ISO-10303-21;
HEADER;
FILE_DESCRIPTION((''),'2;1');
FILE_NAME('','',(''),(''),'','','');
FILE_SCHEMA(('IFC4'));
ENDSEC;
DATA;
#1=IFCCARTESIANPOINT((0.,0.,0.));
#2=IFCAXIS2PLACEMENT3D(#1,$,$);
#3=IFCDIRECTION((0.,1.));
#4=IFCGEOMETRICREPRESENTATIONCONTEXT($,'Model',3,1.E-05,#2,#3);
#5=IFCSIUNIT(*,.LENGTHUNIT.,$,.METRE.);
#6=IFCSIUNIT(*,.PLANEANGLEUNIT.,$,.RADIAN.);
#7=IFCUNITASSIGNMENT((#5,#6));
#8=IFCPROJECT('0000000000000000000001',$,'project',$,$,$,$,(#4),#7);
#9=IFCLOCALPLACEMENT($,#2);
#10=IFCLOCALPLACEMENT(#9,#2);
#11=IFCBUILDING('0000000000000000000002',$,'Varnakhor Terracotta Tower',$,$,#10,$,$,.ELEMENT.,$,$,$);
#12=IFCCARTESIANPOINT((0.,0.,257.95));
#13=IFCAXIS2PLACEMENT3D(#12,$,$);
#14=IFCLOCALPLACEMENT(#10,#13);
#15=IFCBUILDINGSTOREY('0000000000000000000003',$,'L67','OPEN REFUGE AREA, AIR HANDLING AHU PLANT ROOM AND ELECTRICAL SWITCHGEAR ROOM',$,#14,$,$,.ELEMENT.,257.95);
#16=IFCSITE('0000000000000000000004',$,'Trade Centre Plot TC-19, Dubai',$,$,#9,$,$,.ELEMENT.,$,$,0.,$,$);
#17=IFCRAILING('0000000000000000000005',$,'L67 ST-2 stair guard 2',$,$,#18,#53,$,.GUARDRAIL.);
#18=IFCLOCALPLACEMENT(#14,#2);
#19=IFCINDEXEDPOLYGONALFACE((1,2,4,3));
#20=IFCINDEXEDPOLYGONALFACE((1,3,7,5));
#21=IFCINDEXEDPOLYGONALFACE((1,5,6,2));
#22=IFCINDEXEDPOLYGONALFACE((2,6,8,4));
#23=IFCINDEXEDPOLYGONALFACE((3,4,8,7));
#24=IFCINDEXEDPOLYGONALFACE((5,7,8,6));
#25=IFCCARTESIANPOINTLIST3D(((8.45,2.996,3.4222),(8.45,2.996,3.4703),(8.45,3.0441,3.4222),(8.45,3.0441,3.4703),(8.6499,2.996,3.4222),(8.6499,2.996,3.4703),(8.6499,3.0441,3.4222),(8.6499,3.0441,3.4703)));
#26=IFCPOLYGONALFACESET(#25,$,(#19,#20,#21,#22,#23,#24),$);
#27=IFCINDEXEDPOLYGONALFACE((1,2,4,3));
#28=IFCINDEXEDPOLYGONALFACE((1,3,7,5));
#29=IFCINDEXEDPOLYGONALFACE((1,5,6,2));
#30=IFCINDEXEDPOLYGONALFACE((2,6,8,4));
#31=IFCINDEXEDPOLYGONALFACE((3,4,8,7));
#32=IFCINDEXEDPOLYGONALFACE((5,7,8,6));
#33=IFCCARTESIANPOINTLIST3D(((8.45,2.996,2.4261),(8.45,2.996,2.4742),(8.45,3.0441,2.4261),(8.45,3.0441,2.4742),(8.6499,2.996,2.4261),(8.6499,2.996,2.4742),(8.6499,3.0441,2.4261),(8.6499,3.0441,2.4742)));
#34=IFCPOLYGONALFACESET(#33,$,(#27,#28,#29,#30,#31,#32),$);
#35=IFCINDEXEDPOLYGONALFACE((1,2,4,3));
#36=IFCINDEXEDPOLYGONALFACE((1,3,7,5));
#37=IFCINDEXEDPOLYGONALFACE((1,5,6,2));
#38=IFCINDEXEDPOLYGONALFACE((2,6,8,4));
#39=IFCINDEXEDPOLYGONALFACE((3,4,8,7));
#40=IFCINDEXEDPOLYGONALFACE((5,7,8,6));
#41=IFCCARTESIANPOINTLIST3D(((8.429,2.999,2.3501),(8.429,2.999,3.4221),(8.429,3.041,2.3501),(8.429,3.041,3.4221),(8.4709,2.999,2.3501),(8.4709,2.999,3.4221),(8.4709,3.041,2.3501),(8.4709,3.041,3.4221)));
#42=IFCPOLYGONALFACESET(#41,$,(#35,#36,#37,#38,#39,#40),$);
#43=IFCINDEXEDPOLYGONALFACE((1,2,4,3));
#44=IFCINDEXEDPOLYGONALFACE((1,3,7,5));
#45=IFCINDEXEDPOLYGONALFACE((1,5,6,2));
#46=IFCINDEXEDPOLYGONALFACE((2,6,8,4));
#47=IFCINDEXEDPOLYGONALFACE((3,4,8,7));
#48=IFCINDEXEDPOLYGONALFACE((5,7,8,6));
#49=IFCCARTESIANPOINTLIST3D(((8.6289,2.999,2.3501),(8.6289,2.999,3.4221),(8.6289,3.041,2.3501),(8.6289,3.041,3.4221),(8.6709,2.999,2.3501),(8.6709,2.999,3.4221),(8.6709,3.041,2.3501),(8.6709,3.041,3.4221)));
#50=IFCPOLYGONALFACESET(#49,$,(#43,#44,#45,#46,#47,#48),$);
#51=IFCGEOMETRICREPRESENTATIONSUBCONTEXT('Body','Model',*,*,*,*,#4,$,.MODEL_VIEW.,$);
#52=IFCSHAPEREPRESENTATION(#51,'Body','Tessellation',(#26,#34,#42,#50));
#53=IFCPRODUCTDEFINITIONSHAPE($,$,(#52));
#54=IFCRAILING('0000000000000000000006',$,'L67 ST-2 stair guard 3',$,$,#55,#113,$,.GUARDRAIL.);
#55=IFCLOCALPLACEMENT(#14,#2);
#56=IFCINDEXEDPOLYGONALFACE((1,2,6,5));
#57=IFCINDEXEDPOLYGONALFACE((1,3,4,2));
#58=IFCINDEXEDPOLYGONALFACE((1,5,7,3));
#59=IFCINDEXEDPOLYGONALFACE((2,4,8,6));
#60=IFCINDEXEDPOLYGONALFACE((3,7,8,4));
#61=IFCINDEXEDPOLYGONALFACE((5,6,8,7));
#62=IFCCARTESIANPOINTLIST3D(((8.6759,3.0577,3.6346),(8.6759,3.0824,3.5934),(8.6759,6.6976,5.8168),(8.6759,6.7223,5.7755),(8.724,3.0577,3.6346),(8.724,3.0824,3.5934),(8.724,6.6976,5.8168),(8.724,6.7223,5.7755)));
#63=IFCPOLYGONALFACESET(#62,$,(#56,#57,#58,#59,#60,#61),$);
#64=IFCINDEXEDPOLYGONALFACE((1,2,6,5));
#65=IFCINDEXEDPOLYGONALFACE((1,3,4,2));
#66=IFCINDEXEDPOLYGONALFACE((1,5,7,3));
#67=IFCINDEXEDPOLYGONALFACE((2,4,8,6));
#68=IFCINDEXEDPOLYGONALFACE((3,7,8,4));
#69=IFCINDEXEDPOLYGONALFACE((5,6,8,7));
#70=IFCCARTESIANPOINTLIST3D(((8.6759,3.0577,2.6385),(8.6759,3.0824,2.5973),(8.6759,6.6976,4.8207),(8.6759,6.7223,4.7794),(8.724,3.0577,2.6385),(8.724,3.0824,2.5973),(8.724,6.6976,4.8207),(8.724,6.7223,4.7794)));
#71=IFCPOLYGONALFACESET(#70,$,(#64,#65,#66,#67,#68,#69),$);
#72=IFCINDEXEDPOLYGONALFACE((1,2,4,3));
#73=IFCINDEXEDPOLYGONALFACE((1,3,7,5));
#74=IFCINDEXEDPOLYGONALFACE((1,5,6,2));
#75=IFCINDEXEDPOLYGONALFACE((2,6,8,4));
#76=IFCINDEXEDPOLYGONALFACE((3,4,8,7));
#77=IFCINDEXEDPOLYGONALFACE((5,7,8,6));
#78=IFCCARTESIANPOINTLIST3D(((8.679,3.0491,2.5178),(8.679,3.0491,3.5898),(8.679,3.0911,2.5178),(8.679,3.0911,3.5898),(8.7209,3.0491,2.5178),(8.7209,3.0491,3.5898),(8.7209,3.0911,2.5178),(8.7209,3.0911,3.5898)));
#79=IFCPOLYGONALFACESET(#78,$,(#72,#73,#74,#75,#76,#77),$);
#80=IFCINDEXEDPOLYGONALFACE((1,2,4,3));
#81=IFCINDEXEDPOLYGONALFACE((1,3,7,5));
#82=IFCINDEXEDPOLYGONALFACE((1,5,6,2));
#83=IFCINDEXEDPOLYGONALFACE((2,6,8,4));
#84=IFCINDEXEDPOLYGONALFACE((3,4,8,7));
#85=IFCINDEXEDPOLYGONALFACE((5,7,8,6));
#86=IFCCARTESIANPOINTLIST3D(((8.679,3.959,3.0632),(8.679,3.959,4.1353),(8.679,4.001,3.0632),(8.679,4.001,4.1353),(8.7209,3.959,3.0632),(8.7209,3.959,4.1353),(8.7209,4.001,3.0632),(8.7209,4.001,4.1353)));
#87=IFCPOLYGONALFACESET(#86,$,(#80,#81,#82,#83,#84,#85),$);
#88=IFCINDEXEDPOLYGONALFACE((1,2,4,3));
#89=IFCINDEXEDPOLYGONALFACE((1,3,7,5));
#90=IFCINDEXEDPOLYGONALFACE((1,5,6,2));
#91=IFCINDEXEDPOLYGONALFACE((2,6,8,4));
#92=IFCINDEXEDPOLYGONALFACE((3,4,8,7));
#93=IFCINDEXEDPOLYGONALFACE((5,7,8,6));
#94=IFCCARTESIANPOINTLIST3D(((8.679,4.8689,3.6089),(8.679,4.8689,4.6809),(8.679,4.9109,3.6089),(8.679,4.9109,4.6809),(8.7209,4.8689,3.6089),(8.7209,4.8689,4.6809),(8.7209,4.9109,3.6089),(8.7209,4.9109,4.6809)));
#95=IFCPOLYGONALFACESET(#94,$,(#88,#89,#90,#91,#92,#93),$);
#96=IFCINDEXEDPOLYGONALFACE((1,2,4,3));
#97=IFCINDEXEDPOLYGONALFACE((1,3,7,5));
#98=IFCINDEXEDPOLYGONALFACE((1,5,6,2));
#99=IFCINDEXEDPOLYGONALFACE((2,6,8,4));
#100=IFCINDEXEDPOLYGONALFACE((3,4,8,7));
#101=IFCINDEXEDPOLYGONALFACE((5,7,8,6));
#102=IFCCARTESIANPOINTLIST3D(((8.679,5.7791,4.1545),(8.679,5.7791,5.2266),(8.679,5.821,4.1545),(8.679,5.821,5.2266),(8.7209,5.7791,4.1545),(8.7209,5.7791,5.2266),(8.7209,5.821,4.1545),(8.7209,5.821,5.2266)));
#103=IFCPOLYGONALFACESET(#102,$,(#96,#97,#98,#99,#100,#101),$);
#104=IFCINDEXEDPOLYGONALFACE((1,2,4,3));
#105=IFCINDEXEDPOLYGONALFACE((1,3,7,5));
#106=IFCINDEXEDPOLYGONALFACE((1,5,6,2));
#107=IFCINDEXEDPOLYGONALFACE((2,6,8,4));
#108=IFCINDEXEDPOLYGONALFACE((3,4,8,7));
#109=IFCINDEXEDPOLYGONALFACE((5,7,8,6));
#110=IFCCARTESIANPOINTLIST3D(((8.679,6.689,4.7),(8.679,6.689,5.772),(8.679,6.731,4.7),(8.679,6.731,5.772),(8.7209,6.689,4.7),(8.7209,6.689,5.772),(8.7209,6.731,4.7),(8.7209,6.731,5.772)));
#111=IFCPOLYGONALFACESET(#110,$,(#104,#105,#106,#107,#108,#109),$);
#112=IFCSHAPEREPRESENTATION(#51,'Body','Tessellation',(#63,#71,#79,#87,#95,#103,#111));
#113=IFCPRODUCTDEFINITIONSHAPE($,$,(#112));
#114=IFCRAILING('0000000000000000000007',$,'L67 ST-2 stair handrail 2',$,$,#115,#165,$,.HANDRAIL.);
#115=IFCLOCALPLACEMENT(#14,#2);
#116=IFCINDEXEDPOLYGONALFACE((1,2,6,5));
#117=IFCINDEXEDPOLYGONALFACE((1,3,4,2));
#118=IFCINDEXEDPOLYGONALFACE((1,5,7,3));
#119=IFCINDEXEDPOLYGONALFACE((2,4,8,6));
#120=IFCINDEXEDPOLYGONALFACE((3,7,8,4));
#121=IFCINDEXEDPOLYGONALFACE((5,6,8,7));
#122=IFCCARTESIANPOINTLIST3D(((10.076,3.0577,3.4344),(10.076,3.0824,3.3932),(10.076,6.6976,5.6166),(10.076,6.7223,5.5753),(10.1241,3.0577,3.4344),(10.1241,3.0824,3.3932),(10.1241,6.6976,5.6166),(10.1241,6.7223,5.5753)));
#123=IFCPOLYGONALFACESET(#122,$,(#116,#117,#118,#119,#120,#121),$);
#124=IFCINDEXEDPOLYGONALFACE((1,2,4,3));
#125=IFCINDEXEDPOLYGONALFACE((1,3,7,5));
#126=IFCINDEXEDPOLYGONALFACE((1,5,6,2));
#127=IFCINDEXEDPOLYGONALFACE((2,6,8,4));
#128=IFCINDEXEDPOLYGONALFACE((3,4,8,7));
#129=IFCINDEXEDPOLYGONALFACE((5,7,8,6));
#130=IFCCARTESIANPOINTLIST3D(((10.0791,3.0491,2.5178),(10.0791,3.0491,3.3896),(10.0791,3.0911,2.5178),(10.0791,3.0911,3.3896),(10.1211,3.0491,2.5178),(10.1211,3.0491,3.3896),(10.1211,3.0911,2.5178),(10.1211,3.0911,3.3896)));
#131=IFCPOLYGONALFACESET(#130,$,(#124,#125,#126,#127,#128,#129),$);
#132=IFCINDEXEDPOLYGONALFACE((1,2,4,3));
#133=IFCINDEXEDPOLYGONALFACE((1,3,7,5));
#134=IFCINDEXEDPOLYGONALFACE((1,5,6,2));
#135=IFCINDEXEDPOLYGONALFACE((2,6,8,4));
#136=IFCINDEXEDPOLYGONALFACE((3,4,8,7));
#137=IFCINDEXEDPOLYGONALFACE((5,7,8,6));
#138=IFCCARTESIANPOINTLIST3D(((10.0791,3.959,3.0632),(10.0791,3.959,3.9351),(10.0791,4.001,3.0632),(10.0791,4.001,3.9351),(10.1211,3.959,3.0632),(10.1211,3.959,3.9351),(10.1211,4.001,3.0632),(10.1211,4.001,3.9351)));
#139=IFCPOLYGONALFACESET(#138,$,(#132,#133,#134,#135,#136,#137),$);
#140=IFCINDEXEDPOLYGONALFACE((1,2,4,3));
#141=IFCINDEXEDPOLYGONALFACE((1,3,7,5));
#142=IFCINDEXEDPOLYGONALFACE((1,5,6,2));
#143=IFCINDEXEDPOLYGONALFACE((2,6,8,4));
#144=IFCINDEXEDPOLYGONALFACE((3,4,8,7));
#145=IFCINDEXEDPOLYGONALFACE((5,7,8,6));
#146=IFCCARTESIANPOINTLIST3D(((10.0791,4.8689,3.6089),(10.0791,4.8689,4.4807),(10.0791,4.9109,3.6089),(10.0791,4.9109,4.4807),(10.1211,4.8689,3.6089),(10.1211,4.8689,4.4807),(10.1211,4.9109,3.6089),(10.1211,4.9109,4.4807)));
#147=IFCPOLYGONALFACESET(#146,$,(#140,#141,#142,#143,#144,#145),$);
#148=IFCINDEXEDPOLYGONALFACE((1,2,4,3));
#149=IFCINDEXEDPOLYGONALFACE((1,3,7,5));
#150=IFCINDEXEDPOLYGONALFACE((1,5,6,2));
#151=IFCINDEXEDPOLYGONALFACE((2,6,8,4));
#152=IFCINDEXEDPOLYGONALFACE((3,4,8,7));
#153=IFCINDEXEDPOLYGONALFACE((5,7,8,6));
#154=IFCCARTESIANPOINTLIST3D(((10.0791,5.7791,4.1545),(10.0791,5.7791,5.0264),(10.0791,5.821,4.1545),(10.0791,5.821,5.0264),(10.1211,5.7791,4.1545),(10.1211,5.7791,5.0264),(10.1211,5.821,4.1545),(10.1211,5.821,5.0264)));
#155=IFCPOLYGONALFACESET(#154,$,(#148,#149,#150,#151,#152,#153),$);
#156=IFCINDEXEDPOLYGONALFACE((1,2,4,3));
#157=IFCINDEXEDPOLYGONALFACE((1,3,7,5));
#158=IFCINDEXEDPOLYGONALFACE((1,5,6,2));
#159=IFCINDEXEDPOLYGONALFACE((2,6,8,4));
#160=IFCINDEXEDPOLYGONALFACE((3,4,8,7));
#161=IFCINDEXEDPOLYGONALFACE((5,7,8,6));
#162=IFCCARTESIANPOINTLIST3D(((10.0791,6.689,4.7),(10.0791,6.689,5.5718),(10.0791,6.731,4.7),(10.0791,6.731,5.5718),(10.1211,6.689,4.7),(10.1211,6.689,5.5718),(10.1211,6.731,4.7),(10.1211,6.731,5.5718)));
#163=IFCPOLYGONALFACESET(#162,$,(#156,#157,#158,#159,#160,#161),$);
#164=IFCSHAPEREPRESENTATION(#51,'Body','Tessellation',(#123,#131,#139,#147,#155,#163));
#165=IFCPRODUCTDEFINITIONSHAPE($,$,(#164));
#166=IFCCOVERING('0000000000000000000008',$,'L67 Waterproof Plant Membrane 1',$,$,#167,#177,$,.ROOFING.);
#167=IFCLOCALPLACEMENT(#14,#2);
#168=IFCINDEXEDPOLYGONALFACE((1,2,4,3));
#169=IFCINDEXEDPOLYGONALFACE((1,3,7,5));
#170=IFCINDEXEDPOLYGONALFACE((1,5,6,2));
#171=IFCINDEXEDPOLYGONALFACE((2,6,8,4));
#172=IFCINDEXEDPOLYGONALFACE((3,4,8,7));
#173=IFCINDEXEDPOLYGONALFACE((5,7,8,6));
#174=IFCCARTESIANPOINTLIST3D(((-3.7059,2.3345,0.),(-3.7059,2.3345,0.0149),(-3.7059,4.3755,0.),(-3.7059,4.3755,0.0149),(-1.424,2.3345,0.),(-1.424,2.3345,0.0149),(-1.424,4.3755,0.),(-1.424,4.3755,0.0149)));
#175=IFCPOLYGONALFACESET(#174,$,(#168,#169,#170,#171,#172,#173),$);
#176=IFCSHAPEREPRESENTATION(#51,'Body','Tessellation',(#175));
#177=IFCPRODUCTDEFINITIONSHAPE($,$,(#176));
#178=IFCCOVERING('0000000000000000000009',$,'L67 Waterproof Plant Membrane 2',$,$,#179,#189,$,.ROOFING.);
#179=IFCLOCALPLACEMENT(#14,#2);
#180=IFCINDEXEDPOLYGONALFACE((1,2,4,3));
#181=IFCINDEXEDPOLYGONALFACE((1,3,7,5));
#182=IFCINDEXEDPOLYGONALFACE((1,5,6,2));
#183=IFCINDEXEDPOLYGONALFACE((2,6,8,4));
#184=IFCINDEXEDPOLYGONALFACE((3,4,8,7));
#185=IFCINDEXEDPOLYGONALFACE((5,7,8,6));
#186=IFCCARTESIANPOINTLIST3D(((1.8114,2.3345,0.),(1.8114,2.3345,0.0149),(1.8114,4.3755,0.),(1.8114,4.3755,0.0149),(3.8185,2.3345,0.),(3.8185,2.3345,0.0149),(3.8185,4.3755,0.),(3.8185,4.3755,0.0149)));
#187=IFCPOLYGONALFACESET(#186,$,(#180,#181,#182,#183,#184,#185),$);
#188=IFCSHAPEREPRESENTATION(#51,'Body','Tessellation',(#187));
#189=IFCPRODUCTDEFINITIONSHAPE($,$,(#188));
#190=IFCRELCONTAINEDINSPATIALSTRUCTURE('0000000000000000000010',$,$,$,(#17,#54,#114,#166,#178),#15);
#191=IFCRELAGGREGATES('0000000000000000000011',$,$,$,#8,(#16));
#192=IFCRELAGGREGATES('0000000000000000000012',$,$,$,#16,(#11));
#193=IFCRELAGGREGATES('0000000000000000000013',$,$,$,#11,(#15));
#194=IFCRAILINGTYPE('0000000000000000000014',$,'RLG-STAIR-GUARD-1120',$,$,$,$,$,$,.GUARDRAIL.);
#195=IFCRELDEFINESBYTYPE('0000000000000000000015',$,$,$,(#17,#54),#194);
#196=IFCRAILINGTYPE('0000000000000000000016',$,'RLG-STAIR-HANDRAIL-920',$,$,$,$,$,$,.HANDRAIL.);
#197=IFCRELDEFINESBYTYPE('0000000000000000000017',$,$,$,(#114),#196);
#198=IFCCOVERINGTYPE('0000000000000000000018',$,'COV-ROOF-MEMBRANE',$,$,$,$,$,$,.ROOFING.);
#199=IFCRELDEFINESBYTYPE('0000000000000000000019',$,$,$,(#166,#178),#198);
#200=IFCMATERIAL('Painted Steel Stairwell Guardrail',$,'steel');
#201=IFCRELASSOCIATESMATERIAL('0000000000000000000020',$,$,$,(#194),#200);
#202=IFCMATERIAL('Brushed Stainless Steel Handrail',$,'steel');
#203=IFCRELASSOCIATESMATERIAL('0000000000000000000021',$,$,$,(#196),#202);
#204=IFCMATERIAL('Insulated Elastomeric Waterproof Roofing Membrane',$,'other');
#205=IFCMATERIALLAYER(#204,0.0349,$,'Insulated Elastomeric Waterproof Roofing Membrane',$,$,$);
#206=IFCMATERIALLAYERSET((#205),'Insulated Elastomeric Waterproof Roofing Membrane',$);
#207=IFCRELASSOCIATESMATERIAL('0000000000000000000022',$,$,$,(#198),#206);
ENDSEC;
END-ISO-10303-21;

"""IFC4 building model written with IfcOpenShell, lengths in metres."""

from ifc_helpers import new_model, si_unit, direction, frame, origin, origin_2d, place, context, subcontext, project, spatial, rectangle, extrude, source, transform, mapped, material, layer, layer_set, type_object, element, save


model = new_model("IFC4")

# Units and contexts
model_context = context("Model", 3, precision=1e-05, world=origin(), true_north=direction((0.0, 1.0)))
body_context = subcontext(model_context, "Body", "Model", "MODEL_VIEW")
ifc_project = project(units=[si_unit("LENGTHUNIT", "METRE"), si_unit("PLANEANGLEUNIT", "RADIAN")], contexts=[model_context])

# Site, building, storey
site_placement = place(None, origin())
site = spatial("IfcSite", under=ifc_project, at=site_placement, Name="Trade Centre Plot TC-19, Dubai", CompositionType="ELEMENT", RefElevation=0.0)
building_placement = place(site_placement, origin())
building = spatial("IfcBuilding", under=site, at=building_placement, Name="Varnakhor Terracotta Tower", CompositionType="ELEMENT")
storey_placement = place(building_placement, frame((0.0, 0.0, 257.95)))
storey = spatial("IfcBuildingStorey", under=building, at=storey_placement, Name="L67", Description="OPEN REFUGE AREA, AIR HANDLING AHU PLANT ROOM AND ELECTRICAL SWITCHGEAR ROOM", CompositionType="ELEMENT", Elevation=257.95)

# Railings
ifc_material_1 = material(Name="Painted Steel Stairwell Guardrail", Category="steel")
railing_type_1 = type_object("IfcRailingType", Name="RLG-STAIR-GUARD-1120", PredefinedType="GUARDRAIL", material=ifc_material_1)
railing_1_placement = place(storey_placement, frame((8.45, 3.02, 2.3501)))
element("IfcRailing", 1, at=railing_1_placement, inside=storey, type_object=railing_type_1, Name="L67 ST-2 stair guard 2", PredefinedType="GUARDRAIL", context=body_context, shape_type="SweptSolid", body=[
    extrude(rectangle(XDim=0.0481, YDim=0.0481, at=origin_2d()), frame((0.0, 0.0, 1.0962), z_axis=(1.0, 0.0, 0.0), x_axis=(0.0, 1.0, 0.0)), (0.0, 0.0, 1.0), 0.2),
    extrude(rectangle(XDim=0.0481, YDim=0.0481, at=origin_2d()), frame((0.0, 0.0, 0.1001), z_axis=(1.0, 0.0, 0.0), x_axis=(0.0, 1.0, 0.0)), (0.0, 0.0, 1.0), 0.2),
    extrude(rectangle(XDim=0.042, YDim=0.042, at=origin_2d()), origin(), (0.0, 0.0, 1.0), 1.072),
    extrude(rectangle(XDim=0.042, YDim=0.042, at=origin_2d()), frame((0.2, 0.0, 0.0)), (0.0, 0.0, 1.0), 1.072),
])
railing_2_placement = place(storey_placement, frame((8.7, 3.0701, 2.5178)))
element("IfcRailing", 2, at=railing_2_placement, inside=storey, type_object=railing_type_1, Name="L67 ST-2 stair guard 3", PredefinedType="GUARDRAIL", context=body_context, shape_type="SweptSolid", body=[
    extrude(rectangle(XDim=0.0481, YDim=0.0481, at=origin_2d()), frame((0.0, 0.0, 1.0962), z_axis=(0.0, 0.857681, 0.514183), x_axis=(-1.0, 0.0, 0.0)), (0.0, 0.0, 1.0), 4.2439),
    extrude(rectangle(XDim=0.0481, YDim=0.0481, at=origin_2d()), frame((0.0, 0.0, 0.1001), z_axis=(0.0, 0.857681, 0.514183), x_axis=(-1.0, 0.0, 0.0)), (0.0, 0.0, 1.0), 4.2439),
    extrude(rectangle(XDim=0.042, YDim=0.042, at=origin_2d()), origin(), (0.0, 0.0, 1.0), 1.072),
    extrude(rectangle(XDim=0.042, YDim=0.042, at=origin_2d()), frame((0.0, 0.9099, 0.5454)), (0.0, 0.0, 1.0), 1.072),
    extrude(rectangle(XDim=0.042, YDim=0.042, at=origin_2d()), frame((0.0, 1.8198, 1.0911)), (0.0, 0.0, 1.0), 1.072),
    extrude(rectangle(XDim=0.042, YDim=0.042, at=origin_2d()), frame((0.0, 2.73, 1.6367)), (0.0, 0.0, 1.0), 1.072),
    extrude(rectangle(XDim=0.042, YDim=0.042, at=origin_2d()), frame((0.0, 3.6399, 2.1821)), (0.0, 0.0, 1.0), 1.072),
])
ifc_material_2 = material(Name="Brushed Stainless Steel Handrail", Category="steel")
railing_type_2 = type_object("IfcRailingType", Name="RLG-STAIR-HANDRAIL-920", PredefinedType="HANDRAIL", material=ifc_material_2)
railing_3_placement = place(storey_placement, frame((10.1001, 3.0701, 2.5178)))
element("IfcRailing", 3, at=railing_3_placement, inside=storey, type_object=railing_type_2, Name="L67 ST-2 stair handrail 2", PredefinedType="HANDRAIL", context=body_context, shape_type="SweptSolid", body=[
    extrude(rectangle(XDim=0.0481, YDim=0.0481, at=origin_2d()), frame((0.0, 0.0, 0.896), z_axis=(0.0, 0.857681, 0.514183), x_axis=(-1.0, 0.0, 0.0)), (0.0, 0.0, 1.0), 4.2439),
    extrude(rectangle(XDim=0.042, YDim=0.042, at=origin_2d()), origin(), (0.0, 0.0, 1.0), 0.8718),
    extrude(rectangle(XDim=0.042, YDim=0.042, at=origin_2d()), frame((0.0, 0.9099, 0.5454)), (0.0, 0.0, 1.0), 0.8718),
    extrude(rectangle(XDim=0.042, YDim=0.042, at=origin_2d()), frame((0.0, 1.8198, 1.0911)), (0.0, 0.0, 1.0), 0.8718),
    extrude(rectangle(XDim=0.042, YDim=0.042, at=origin_2d()), frame((0.0, 2.73, 1.6367)), (0.0, 0.0, 1.0), 0.8718),
    extrude(rectangle(XDim=0.042, YDim=0.042, at=origin_2d()), frame((0.0, 3.6399, 2.1821)), (0.0, 0.0, 1.0), 0.8718),
])

# Coverings
ifc_material_3 = material(Name="Insulated Elastomeric Waterproof Roofing Membrane", Category="other")
ifc_layer_1 = layer(ifc_material_3, 0.0349, Name="Insulated Elastomeric Waterproof Roofing Membrane")
ifc_layer_set_1 = layer_set([ifc_layer_1], Name="Insulated Elastomeric Waterproof Roofing Membrane")
covering_type = type_object("IfcCoveringType", Name="COV-ROOF-MEMBRANE", PredefinedType="ROOFING", material=ifc_layer_set_1)
shared_shape_1 = source(origin(), body_context, "Body", "SweptSolid", [
    extrude(rectangle(XDim=2.282, YDim=2.041, at=origin_2d()), origin(), (0.0, 0.0, 1.0), 0.0149),
])
covering_1_placement = place(storey_placement, frame((-2.5649, 3.355, 0.0), z_axis=(0.0, 0.0, 1.0), x_axis=(1.0, 0.0, 0.0)))
element("IfcCovering", 4, at=covering_1_placement, inside=storey, type_object=covering_type, Name="L67 Waterproof Plant Membrane 1", PredefinedType="ROOFING", context=body_context, shape_type="MappedRepresentation", body=[
    mapped(shared_shape_1, transform((0.0, 0.0, 0.0), scale=1.0)),
])
shared_shape_2 = source(origin(), body_context, "Body", "SweptSolid", [
    extrude(rectangle(XDim=2.0071, YDim=2.041, at=origin_2d()), origin(), (0.0, 0.0, 1.0), 0.0149),
])
covering_2_placement = place(storey_placement, frame((2.8149, 3.355, 0.0), z_axis=(0.0, 0.0, 1.0), x_axis=(1.0, 0.0, 0.0)))
element("IfcCovering", 5, at=covering_2_placement, inside=storey, type_object=covering_type, Name="L67 Waterproof Plant Membrane 2", PredefinedType="ROOFING", context=body_context, shape_type="MappedRepresentation", body=[
    mapped(shared_shape_2, transform((0.0, 0.0, 0.0), scale=1.0)),
])

save(model, "model.ifc")
